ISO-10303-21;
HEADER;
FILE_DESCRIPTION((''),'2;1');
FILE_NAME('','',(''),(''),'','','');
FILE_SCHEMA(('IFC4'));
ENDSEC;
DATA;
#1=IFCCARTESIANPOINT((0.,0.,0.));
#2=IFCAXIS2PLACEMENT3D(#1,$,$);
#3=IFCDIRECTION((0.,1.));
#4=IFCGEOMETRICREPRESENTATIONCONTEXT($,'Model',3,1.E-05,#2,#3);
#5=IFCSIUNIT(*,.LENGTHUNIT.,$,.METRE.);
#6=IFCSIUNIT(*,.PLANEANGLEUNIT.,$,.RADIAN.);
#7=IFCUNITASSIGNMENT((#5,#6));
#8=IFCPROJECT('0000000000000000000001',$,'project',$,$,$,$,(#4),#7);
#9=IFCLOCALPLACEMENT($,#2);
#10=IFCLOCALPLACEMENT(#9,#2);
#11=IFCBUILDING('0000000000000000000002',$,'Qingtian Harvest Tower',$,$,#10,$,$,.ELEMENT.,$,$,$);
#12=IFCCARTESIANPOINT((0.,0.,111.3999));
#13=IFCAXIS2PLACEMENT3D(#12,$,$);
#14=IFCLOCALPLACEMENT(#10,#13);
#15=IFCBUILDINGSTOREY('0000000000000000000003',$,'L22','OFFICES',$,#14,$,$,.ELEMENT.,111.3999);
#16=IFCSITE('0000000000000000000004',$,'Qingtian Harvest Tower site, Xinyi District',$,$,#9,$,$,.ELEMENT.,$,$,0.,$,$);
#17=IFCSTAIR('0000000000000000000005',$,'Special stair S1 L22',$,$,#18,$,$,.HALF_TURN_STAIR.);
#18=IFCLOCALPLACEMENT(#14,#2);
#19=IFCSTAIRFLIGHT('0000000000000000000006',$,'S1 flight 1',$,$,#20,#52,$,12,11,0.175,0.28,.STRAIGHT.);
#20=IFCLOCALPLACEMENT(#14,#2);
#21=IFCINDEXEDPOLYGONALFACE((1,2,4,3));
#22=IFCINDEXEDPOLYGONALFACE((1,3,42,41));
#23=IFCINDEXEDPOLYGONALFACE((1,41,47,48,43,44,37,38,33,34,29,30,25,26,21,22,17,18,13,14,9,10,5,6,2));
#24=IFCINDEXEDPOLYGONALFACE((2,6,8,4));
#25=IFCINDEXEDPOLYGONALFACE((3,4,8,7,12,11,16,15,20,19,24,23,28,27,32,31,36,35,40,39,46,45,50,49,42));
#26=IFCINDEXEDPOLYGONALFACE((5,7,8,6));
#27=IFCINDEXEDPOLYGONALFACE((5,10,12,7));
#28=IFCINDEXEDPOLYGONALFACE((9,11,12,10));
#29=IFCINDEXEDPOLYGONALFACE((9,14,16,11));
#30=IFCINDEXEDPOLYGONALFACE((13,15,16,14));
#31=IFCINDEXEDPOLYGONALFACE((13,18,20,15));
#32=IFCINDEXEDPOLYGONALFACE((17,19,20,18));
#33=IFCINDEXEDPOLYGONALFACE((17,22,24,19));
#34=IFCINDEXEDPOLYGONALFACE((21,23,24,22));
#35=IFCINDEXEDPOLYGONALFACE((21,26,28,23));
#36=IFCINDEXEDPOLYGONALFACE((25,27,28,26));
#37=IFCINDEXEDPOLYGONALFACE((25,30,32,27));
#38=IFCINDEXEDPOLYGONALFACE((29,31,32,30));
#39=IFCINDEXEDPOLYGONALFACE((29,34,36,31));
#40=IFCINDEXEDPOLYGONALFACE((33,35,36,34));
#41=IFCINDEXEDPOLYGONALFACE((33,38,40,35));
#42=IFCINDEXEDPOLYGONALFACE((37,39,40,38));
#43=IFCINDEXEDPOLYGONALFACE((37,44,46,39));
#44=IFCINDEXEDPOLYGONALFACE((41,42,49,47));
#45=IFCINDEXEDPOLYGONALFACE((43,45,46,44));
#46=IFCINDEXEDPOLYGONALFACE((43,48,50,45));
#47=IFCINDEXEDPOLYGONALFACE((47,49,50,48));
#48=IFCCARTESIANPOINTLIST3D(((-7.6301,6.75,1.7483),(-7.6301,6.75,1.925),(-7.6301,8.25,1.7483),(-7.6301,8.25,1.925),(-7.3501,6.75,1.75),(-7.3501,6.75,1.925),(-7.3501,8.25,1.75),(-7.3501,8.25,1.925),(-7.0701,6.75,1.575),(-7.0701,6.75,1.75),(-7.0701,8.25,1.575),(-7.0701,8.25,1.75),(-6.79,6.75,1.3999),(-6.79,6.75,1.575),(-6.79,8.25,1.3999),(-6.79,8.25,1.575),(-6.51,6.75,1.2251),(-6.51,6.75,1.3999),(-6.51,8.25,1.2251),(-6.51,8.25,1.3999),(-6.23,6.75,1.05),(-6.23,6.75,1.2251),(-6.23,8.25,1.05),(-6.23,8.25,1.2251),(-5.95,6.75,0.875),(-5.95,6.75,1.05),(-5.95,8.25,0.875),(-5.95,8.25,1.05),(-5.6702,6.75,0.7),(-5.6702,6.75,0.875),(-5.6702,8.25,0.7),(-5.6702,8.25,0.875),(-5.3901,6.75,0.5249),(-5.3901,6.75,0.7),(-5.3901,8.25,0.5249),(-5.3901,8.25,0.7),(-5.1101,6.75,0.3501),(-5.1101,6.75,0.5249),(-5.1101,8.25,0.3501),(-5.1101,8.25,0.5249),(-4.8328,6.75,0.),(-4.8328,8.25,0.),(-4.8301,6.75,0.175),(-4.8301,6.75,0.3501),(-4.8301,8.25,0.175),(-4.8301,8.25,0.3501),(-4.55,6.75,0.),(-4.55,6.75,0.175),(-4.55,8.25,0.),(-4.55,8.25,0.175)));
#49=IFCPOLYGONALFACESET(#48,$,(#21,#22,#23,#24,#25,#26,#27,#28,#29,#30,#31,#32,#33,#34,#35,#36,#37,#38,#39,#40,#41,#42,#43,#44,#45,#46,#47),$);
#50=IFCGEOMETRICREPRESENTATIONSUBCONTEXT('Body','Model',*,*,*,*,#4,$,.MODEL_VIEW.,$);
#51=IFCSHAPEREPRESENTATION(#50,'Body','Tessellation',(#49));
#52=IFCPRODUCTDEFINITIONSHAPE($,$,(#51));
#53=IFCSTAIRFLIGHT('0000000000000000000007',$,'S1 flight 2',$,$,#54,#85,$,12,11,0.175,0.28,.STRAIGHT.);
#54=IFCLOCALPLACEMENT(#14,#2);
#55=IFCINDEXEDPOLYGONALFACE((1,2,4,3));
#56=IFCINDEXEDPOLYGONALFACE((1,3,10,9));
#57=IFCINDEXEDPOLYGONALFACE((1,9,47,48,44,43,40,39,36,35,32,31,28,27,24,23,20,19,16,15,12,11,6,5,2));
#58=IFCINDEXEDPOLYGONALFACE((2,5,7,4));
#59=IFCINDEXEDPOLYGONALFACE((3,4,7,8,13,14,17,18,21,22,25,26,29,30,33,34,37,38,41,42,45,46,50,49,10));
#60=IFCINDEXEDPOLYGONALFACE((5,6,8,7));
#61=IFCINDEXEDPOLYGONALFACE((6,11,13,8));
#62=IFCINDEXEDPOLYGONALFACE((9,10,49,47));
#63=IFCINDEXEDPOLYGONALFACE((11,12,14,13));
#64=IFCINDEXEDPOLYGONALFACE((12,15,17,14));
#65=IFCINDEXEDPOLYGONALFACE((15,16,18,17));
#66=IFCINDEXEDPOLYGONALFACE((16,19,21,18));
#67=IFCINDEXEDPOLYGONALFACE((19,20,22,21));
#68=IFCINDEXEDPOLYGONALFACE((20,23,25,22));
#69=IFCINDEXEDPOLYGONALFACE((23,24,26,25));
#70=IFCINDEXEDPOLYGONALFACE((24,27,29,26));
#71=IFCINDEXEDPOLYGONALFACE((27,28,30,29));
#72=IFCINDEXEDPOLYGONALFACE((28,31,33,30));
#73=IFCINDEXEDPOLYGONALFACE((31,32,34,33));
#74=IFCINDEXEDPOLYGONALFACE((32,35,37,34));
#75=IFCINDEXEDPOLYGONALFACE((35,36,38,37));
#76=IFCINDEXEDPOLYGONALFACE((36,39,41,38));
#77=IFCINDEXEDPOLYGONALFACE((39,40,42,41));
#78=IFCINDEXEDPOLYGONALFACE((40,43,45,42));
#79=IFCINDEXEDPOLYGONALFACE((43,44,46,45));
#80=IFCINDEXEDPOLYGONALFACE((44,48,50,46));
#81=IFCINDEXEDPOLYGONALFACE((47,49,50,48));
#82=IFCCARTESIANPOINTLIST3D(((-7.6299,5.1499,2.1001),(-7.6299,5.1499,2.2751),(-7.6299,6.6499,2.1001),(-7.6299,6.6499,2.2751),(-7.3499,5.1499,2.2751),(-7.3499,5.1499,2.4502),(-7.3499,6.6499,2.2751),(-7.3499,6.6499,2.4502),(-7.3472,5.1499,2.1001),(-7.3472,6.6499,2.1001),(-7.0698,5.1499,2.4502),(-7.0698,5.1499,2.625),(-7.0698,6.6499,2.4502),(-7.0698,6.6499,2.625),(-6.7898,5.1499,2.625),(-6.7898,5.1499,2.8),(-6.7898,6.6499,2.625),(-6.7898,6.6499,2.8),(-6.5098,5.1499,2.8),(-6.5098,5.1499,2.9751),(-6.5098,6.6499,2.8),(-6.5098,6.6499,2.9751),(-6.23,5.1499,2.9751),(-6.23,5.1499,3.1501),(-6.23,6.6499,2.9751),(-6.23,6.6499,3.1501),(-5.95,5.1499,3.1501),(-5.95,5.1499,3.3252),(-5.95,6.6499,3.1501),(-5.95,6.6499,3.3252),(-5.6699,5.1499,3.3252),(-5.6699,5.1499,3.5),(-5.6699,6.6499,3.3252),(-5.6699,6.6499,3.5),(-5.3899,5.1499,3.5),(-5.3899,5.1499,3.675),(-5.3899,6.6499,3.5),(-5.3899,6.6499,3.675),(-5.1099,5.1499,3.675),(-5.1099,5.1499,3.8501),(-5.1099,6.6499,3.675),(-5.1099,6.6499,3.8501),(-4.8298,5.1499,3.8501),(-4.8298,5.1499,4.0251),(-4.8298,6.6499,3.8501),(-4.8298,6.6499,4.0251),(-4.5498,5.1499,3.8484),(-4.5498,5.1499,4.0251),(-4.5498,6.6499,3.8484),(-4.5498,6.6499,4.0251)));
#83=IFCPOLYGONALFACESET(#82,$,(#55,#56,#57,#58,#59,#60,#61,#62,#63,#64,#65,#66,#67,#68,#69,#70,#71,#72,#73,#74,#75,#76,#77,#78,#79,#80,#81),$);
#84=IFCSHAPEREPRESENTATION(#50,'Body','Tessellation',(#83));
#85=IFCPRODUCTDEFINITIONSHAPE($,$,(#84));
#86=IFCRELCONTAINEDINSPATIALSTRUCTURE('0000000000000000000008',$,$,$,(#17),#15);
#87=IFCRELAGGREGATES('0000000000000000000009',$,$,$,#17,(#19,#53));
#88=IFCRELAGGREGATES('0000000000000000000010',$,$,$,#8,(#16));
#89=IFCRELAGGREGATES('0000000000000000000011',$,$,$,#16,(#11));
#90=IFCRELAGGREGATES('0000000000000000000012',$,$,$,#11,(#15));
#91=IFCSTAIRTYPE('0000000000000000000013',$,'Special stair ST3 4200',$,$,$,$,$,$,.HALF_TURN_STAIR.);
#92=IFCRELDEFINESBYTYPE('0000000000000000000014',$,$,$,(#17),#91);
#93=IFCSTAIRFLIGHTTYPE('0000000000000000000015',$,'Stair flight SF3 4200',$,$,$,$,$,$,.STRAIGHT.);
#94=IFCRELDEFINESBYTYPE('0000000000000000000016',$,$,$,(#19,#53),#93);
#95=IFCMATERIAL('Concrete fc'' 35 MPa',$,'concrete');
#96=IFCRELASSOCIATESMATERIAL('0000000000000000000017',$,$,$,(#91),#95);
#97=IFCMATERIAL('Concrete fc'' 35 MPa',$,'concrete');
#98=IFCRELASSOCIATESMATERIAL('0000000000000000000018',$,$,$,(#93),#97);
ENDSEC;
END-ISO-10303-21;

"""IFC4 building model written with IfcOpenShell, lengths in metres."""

from ifc_helpers import new_model, si_unit, direction, frame, origin, place, context, subcontext, project, spatial, polyline, outline, extrude, material, type_object, element, aggregate, save


model = new_model("IFC4")

# Units and contexts
model_context = context("Model", 3, precision=1e-05, world=origin(), true_north=direction((0.0, 1.0)))
body_context = subcontext(model_context, "Body", "Model", "MODEL_VIEW")
ifc_project = project(units=[si_unit("LENGTHUNIT", "METRE"), si_unit("PLANEANGLEUNIT", "RADIAN")], contexts=[model_context])

# Site, building, storey
site_placement = place(None, origin())
site = spatial("IfcSite", under=ifc_project, at=site_placement, Name="Qingtian Harvest Tower site, Xinyi District", CompositionType="ELEMENT", RefElevation=0.0)
building_placement = place(site_placement, origin())
building = spatial("IfcBuilding", under=site, at=building_placement, Name="Qingtian Harvest Tower", CompositionType="ELEMENT")
storey_placement = place(building_placement, frame((0.0, 0.0, 111.3999)))
storey = spatial("IfcBuildingStorey", under=building, at=storey_placement, Name="L22", Description="OFFICES", CompositionType="ELEMENT", Elevation=111.3999)

# Stair, stair flights
ifc_material_1 = material(Name="Concrete fc' 35 MPa", Category="concrete")
stair_type = type_object("IfcStairType", Name="Special stair ST3 4200", PredefinedType="HALF_TURN_STAIR", material=ifc_material_1)
stair_placement = place(storey_placement, origin())
stair = element("IfcStair", 1, at=stair_placement, inside=storey, type_object=stair_type, Name="Special stair S1 L22", PredefinedType="HALF_TURN_STAIR")
ifc_material_2 = material(Name="Concrete fc' 35 MPa", Category="concrete")
stair_flight_type = type_object("IfcStairFlightType", Name="Stair flight SF3 4200", PredefinedType="STRAIGHT", material=ifc_material_2)
stair_flight_1_placement = place(storey_placement, frame((-4.55, 7.5, 0.0), z_axis=(0.0, 0.0, 1.0), x_axis=(-1.0, 0.0, 0.0)))
stair_flight_1 = element("IfcStairFlight", 2, at=stair_flight_1_placement, type_object=stair_flight_type, Name="S1 flight 1", NumberOfRisers=12, NumberOfTreads=11, PredefinedType="STRAIGHT", RiserHeight=0.175, TreadLength=0.28, context=body_context, shape_type="SweptSolid", body=[
    extrude(outline(polyline([(0.0, 0.0), (0.0, 0.175), (0.28, 0.175), (0.28, 0.3501), (0.5601, 0.3501), (0.5601, 0.5249), (0.8401, 0.5249), (0.8401, 0.7), (1.1201, 0.7), (1.1201, 0.875), (1.3999, 0.875), (1.3999, 1.05), (1.6799, 1.05), (1.6799, 1.2251), (1.96, 1.2251), (1.96, 1.3999), (2.24, 1.3999), (2.24, 1.575), (2.52, 1.575), (2.52, 1.75), (2.8, 1.75), (2.8, 1.925), (3.0801, 1.925), (3.0801, 2.1001), (3.0801, 1.7483), (0.2827, 0.0), (0.0, 0.0)])), frame((0.0, 0.75, 0.0), z_axis=(0.0, -1.0, 0.0), x_axis=(1.0, 0.0, 0.0)), (0.0, 0.0, 1.0), 1.5),
])
stair_flight_2_placement = place(storey_placement, frame((-7.6299, 5.8999, 2.1001), z_axis=(0.0, 0.0, 1.0), x_axis=(1.0, 0.0, 0.0)))
stair_flight_2 = element("IfcStairFlight", 3, at=stair_flight_2_placement, type_object=stair_flight_type, Name="S1 flight 2", NumberOfRisers=12, NumberOfTreads=11, PredefinedType="STRAIGHT", RiserHeight=0.175, TreadLength=0.28, context=body_context, shape_type="SweptSolid", body=[
    extrude(outline(polyline([(0.0, 0.0), (0.0, 0.175), (0.28, 0.175), (0.28, 0.3501), (0.5601, 0.3501), (0.5601, 0.5249), (0.8401, 0.5249), (0.8401, 0.7), (1.1201, 0.7), (1.1201, 0.875), (1.3999, 0.875), (1.3999, 1.05), (1.6799, 1.05), (1.6799, 1.2251), (1.96, 1.2251), (1.96, 1.3999), (2.24, 1.3999), (2.24, 1.575), (2.52, 1.575), (2.52, 1.75), (2.8, 1.75), (2.8, 1.925), (3.0801, 1.925), (3.0801, 2.1001), (3.0801, 1.7483), (0.2827, 0.0), (0.0, 0.0)])), frame((0.0, 0.75, 0.0), z_axis=(0.0, -1.0, 0.0), x_axis=(1.0, 0.0, 0.0)), (0.0, 0.0, 1.0), 1.5),
])
aggregate(stair, [stair_flight_1, stair_flight_2])

save(model, "model.ifc")
